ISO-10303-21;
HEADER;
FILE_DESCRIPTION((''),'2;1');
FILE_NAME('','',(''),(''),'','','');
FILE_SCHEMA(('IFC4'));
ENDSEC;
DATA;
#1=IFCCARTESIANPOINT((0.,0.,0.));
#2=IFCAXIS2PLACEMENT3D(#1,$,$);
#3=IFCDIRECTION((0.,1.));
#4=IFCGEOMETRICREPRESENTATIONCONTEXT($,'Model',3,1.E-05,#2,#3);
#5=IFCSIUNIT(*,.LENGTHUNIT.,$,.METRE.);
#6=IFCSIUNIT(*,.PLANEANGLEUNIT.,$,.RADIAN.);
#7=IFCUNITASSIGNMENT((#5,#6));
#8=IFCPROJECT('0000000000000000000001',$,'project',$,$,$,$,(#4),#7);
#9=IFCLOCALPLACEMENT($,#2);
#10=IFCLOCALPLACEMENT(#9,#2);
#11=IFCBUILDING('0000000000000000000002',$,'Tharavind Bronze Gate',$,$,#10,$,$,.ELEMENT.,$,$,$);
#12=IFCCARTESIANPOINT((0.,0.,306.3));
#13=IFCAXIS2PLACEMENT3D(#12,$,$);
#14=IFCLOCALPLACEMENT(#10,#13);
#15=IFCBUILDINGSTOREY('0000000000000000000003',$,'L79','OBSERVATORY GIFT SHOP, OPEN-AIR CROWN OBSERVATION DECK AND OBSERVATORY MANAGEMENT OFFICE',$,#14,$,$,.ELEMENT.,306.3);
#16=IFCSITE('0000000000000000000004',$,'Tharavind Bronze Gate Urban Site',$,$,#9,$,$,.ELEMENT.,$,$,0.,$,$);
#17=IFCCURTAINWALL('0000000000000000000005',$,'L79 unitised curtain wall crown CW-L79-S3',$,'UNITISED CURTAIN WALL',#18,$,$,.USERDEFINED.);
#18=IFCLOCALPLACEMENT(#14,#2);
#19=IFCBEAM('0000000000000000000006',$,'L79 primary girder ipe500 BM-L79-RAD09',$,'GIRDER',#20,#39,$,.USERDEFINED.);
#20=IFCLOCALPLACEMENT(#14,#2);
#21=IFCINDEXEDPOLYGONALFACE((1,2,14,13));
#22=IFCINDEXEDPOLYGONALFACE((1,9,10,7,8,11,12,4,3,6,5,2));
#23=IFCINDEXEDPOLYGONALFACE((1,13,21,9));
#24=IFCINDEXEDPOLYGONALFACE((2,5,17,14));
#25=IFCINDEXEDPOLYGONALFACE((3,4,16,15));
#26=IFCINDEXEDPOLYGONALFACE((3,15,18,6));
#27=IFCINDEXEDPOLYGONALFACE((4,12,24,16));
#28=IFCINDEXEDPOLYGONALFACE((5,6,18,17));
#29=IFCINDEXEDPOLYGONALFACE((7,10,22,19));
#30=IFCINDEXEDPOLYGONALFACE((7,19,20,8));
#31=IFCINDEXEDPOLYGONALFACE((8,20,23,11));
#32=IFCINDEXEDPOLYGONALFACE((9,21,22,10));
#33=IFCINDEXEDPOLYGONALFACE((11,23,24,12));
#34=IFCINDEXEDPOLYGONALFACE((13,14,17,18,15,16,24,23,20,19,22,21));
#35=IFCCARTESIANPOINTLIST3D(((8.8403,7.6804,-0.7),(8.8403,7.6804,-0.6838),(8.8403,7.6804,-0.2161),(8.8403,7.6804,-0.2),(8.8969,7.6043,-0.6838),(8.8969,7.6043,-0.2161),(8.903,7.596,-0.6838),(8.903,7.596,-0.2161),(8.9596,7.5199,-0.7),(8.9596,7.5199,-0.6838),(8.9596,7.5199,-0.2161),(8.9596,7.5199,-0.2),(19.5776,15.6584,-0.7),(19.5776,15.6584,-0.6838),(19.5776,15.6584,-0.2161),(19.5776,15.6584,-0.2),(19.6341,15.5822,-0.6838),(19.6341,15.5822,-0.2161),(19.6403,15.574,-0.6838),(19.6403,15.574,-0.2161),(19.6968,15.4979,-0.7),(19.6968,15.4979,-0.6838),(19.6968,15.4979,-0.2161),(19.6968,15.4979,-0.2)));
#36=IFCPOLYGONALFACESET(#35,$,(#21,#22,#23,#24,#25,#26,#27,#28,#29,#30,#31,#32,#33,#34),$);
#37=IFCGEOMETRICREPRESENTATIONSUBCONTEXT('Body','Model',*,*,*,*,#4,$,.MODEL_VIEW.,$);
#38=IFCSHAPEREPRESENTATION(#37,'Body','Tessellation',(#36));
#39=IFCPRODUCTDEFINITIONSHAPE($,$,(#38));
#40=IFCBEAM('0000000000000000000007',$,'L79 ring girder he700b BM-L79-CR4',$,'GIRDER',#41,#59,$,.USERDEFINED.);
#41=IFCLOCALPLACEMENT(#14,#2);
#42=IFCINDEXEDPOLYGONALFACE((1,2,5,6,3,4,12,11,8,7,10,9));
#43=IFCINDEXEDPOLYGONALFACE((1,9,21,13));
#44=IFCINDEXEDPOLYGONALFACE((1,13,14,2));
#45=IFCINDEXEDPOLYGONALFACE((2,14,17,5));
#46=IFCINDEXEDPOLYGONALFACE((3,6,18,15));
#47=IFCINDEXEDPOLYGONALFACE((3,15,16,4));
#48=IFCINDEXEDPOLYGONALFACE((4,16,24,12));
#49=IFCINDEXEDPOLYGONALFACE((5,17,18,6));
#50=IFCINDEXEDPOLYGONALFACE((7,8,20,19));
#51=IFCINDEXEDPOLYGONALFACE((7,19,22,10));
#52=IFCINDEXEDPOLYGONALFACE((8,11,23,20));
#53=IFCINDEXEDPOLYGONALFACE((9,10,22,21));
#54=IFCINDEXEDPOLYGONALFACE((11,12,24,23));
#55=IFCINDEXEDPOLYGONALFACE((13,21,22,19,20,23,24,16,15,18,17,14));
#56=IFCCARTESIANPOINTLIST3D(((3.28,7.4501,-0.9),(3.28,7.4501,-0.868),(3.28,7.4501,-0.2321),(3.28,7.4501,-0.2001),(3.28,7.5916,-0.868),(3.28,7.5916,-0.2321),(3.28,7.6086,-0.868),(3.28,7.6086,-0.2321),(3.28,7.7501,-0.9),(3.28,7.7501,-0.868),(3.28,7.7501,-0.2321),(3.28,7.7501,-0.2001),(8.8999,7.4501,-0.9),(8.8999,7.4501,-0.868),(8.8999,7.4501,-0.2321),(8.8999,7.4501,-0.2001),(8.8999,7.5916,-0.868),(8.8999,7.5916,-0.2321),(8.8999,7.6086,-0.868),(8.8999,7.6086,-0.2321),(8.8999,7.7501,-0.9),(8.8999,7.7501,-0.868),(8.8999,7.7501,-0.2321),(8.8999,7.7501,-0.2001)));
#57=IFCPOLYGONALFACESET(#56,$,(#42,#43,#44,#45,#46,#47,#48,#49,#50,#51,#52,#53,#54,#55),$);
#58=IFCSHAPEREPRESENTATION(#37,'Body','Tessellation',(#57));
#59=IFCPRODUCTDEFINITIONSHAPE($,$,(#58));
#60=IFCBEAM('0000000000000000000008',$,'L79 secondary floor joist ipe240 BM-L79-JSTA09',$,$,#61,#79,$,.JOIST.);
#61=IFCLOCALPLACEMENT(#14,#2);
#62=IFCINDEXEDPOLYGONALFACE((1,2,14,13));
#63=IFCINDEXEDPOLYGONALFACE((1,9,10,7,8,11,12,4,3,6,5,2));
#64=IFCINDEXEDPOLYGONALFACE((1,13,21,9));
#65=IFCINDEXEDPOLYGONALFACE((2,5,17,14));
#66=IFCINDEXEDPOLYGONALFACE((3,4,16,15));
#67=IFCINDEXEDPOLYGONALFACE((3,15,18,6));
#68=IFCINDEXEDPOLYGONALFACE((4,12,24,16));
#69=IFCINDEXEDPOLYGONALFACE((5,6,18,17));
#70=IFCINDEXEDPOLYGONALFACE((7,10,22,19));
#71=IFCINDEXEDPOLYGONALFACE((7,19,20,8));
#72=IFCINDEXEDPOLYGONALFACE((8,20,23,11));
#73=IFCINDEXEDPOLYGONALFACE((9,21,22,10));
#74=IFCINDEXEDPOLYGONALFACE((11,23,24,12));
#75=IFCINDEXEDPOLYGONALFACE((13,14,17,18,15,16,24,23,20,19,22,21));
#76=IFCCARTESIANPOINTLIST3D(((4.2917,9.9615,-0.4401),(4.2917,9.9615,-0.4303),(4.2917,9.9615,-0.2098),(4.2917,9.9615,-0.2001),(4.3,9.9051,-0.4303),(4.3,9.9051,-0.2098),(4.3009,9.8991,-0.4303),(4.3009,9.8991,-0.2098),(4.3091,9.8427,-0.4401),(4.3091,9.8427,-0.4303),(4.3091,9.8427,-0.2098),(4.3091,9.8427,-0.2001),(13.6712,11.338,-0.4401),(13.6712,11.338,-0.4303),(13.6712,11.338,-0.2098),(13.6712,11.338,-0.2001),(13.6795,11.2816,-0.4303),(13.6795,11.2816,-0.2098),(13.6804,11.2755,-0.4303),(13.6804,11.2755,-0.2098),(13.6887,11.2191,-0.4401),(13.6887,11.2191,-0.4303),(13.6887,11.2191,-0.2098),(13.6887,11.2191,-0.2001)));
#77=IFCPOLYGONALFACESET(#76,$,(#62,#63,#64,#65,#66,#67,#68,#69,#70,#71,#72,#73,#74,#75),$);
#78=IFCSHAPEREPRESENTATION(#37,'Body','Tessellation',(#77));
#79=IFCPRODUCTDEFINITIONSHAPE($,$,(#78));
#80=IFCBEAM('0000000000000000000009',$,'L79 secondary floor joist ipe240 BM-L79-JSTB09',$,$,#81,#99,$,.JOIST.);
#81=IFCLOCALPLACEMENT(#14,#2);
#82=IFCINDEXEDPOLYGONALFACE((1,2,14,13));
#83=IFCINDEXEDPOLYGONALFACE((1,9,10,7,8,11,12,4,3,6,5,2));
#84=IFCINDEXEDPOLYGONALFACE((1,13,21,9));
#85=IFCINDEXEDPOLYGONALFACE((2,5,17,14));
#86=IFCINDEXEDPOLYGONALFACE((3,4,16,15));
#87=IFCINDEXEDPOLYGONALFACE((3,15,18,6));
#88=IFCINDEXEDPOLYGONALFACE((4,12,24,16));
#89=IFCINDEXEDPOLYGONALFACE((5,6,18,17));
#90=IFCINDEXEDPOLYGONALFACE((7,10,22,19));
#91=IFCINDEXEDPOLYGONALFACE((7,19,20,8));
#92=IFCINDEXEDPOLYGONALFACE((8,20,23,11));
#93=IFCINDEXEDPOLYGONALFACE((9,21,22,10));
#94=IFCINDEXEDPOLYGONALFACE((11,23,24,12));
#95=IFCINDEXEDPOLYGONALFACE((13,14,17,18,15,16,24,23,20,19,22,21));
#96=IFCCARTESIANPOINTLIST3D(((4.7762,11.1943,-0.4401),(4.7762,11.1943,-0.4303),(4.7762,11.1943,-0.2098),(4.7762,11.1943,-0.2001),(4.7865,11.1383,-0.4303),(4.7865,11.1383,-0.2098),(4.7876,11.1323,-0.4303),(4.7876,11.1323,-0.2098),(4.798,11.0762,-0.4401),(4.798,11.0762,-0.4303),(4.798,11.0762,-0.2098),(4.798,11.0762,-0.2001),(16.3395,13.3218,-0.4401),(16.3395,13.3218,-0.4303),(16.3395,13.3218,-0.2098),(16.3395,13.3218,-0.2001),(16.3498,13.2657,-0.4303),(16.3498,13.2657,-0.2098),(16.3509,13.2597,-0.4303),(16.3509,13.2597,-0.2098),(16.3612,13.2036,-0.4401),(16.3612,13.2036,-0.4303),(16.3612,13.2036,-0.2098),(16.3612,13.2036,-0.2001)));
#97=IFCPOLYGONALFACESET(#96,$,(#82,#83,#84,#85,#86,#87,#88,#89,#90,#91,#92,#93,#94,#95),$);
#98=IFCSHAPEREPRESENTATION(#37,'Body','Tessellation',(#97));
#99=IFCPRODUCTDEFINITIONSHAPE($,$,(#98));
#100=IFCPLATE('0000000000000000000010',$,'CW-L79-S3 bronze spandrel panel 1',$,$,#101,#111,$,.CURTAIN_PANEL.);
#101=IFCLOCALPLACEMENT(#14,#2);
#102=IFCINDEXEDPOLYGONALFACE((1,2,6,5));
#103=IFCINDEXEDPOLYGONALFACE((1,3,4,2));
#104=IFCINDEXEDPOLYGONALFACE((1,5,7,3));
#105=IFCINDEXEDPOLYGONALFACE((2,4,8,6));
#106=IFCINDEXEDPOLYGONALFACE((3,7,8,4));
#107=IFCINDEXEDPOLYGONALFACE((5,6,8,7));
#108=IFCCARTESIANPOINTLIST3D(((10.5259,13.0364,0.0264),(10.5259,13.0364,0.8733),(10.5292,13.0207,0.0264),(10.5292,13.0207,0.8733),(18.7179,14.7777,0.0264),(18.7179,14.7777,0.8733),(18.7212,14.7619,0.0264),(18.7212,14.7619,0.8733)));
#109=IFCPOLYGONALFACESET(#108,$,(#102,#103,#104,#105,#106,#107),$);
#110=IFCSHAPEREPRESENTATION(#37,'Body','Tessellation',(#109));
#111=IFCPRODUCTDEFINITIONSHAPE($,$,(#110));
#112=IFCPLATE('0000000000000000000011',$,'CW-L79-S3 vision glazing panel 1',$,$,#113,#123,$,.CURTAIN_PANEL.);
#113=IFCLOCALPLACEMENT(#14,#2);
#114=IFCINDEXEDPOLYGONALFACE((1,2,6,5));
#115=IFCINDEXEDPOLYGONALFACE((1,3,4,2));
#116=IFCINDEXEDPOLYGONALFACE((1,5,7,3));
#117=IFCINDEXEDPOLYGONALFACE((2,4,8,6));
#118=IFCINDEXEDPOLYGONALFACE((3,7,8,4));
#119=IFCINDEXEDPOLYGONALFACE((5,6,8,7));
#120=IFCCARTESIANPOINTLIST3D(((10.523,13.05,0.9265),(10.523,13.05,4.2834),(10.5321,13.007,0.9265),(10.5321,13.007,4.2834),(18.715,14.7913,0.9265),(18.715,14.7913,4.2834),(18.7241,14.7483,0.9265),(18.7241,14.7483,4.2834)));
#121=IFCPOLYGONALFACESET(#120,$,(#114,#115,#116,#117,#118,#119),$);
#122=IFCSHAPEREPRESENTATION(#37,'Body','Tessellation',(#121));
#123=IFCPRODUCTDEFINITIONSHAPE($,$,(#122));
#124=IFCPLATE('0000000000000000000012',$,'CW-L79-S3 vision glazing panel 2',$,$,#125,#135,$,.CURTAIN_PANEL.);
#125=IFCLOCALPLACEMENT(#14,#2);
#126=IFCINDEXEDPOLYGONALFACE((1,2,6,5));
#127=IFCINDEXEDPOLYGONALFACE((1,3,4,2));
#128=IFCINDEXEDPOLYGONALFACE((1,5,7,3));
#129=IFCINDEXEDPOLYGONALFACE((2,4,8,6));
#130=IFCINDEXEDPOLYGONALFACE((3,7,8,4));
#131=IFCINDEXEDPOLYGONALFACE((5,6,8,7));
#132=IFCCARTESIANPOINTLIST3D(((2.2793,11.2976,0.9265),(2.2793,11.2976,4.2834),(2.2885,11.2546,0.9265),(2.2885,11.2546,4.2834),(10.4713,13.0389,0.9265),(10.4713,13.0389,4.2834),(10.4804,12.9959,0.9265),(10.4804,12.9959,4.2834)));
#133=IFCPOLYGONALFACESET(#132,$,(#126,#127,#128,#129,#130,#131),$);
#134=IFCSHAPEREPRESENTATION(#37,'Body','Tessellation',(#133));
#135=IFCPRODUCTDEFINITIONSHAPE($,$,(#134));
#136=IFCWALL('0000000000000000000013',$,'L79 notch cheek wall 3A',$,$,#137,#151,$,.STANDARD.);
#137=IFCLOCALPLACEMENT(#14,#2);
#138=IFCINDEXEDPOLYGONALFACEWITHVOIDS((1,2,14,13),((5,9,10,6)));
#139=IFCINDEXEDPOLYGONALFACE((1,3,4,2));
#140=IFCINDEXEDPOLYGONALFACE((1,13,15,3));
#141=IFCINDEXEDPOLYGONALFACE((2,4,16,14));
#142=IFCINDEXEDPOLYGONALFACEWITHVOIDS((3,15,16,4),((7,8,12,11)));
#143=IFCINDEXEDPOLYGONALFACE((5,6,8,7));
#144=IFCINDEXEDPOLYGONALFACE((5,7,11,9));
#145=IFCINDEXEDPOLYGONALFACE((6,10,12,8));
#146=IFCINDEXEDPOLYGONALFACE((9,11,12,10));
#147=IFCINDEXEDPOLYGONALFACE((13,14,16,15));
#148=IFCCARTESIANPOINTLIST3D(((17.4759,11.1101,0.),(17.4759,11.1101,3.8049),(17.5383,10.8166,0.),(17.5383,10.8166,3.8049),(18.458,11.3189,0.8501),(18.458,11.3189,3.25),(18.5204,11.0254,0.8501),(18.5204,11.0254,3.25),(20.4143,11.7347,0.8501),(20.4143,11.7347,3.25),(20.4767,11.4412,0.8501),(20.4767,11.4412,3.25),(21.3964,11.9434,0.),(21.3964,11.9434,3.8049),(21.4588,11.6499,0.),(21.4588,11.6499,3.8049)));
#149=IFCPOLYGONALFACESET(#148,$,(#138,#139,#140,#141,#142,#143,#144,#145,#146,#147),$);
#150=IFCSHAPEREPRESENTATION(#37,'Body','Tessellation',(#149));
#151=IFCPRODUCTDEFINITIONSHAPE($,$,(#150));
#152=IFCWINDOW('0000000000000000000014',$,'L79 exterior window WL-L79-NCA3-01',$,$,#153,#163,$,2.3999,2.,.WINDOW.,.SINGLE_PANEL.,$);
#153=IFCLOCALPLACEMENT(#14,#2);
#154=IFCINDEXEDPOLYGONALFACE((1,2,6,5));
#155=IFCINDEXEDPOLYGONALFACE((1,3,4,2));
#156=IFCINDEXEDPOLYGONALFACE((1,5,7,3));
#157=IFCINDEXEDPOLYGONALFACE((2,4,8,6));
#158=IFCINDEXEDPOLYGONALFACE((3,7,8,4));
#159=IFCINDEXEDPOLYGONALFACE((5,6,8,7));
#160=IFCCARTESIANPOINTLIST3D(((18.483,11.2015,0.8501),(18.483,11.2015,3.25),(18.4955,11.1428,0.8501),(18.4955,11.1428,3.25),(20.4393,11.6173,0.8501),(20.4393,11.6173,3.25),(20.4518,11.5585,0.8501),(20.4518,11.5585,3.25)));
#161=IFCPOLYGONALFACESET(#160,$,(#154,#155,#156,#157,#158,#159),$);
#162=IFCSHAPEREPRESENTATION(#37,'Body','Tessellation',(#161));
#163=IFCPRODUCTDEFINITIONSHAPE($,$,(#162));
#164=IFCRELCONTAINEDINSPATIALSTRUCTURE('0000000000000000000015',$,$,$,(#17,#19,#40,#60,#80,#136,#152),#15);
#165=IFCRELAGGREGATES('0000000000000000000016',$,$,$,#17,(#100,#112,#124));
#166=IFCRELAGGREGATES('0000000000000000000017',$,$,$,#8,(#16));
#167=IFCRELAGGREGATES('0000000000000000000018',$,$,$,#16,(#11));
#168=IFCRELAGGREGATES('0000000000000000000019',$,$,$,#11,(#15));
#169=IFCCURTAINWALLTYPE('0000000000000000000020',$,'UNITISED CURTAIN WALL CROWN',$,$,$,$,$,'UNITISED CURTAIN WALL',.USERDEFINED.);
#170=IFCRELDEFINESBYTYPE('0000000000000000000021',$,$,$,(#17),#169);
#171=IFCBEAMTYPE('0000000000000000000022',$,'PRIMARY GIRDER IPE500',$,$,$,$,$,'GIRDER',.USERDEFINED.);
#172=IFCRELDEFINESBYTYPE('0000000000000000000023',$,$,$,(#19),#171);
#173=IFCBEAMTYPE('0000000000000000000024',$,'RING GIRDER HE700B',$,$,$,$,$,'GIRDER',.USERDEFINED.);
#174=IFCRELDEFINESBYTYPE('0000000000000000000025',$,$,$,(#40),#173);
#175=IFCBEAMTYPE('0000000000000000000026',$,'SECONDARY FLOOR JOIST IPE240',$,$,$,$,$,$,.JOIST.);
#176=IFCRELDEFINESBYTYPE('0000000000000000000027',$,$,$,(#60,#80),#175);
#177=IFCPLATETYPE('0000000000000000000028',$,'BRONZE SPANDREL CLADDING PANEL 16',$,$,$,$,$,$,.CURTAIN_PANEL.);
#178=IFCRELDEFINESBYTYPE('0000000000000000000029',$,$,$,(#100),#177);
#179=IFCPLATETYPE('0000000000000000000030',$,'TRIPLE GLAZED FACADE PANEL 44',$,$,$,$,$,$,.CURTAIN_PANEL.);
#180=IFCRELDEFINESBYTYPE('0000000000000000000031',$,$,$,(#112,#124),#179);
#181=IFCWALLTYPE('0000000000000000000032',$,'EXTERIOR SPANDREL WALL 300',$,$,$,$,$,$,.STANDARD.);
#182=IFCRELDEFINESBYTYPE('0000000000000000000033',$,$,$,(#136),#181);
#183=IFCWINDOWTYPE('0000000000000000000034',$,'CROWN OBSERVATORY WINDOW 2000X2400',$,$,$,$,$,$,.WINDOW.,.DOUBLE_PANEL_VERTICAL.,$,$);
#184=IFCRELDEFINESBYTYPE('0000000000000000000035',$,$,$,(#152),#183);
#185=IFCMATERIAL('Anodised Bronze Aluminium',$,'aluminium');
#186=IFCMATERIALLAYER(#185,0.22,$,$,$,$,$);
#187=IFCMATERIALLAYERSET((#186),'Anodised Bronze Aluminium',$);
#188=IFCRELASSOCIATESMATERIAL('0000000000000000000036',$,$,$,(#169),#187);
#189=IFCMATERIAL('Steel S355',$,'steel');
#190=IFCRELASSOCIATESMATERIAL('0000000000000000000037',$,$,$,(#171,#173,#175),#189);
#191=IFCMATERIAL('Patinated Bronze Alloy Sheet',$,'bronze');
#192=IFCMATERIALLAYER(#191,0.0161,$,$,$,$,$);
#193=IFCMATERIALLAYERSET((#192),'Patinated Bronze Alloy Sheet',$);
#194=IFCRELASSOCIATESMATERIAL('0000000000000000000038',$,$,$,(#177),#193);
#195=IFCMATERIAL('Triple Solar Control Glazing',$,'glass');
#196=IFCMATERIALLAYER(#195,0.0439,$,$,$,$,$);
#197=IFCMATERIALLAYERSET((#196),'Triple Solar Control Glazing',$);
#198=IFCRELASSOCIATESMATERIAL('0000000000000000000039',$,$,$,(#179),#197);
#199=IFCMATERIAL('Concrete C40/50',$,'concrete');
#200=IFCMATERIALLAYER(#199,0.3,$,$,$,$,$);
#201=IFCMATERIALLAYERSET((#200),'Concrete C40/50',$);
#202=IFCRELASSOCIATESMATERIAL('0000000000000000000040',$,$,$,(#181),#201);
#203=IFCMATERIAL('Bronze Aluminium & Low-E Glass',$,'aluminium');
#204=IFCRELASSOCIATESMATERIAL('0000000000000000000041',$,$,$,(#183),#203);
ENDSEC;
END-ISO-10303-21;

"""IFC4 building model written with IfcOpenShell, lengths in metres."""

from ifc_helpers import new_model, si_unit, direction, frame, frame_2d, origin, origin_2d, place, context, subcontext, project, spatial, rectangle, i_section, extrude, material, layer, layer_set, material_profile, profile_set, type_object, element, fill, aggregate, save


model = new_model("IFC4")

# Units and contexts
model_context = context("Model", 3, precision=1e-05, world=origin(), true_north=direction((0.0, 1.0)))
body_context = subcontext(model_context, "Body", "Model", "MODEL_VIEW")
ifc_project = project(units=[si_unit("LENGTHUNIT", "METRE"), si_unit("PLANEANGLEUNIT", "RADIAN")], contexts=[model_context])

# Site, building, storey
site_placement = place(None, origin())
site = spatial("IfcSite", under=ifc_project, at=site_placement, Name="Tharavind Bronze Gate Urban Site", CompositionType="ELEMENT", RefElevation=0.0)
building_placement = place(site_placement, origin())
building = spatial("IfcBuilding", under=site, at=building_placement, Name="Tharavind Bronze Gate", CompositionType="ELEMENT")
storey_placement = place(building_placement, frame((0.0, 0.0, 306.3)))
storey = spatial("IfcBuildingStorey", under=building, at=storey_placement, Name="L79", Description="OBSERVATORY GIFT SHOP, OPEN-AIR CROWN OBSERVATION DECK AND OBSERVATORY MANAGEMENT OFFICE", CompositionType="ELEMENT", Elevation=306.3)

# Curtain wall
ifc_material_1 = material(Name="Anodised Bronze Aluminium", Category="aluminium")
ifc_layer_1 = layer(ifc_material_1, 0.22)
ifc_layer_set_1 = layer_set([ifc_layer_1], Name="Anodised Bronze Aluminium")
curtain_wall_type = type_object("IfcCurtainWallType", Name="UNITISED CURTAIN WALL CROWN", ElementType="UNITISED CURTAIN WALL", PredefinedType="USERDEFINED", material=ifc_layer_set_1)
curtain_wall_placement = place(storey_placement, origin())
curtain_wall = element("IfcCurtainWall", 1, at=curtain_wall_placement, inside=storey, type_object=curtain_wall_type, Name="L79 unitised curtain wall crown CW-L79-S3", ObjectType="UNITISED CURTAIN WALL", PredefinedType="USERDEFINED")

# Beams
ifc_material_2 = material(Name="Steel S355", Category="steel")
ifc_material_profile_1 = material_profile(ifc_material_2, i_section(OverallWidth=0.2, OverallDepth=0.5, WebThickness=0.0103, FlangeThickness=0.0161, at=origin_2d()), Name="IPE500")
ifc_profile_set_1 = profile_set([ifc_material_profile_1], Name="Steel S355")
beam_type_1 = type_object("IfcBeamType", Name="PRIMARY GIRDER IPE500", ElementType="GIRDER", PredefinedType="USERDEFINED", material=ifc_profile_set_1)
beam_1_placement = place(storey_placement, frame((19.6372, 15.5781, -0.45), z_axis=(-0.802681, -0.596408, 0.0), x_axis=(0.596408, -0.802681, 0.0)))
element("IfcBeam", 2, at=beam_1_placement, inside=storey, type_object=beam_type_1, Name="L79 primary girder ipe500 BM-L79-RAD09", ObjectType="GIRDER", PredefinedType="USERDEFINED", context=body_context, shape_type="SweptSolid", body=[
    extrude(i_section(OverallWidth=0.2, OverallDepth=0.5, WebThickness=0.0103, FlangeThickness=0.0161, at=origin_2d()), origin(), (0.0, 0.0, 1.0), 13.3767),
])
ifc_material_profile_2 = material_profile(ifc_material_2, i_section(OverallWidth=0.3, OverallDepth=0.7, WebThickness=0.0171, FlangeThickness=0.032, at=origin_2d()), Name="HE700B")
ifc_profile_set_2 = profile_set([ifc_material_profile_2], Name="Steel S355")
beam_type_2 = type_object("IfcBeamType", Name="RING GIRDER HE700B", ElementType="GIRDER", PredefinedType="USERDEFINED", material=ifc_profile_set_2)
beam_2_placement = place(storey_placement, frame((8.8999, 7.6001, -0.55), z_axis=(-1.0, 0.0, 0.0), x_axis=(0.0, -1.0, 0.0)))
element("IfcBeam", 3, at=beam_2_placement, inside=storey, type_object=beam_type_2, Name="L79 ring girder he700b BM-L79-CR4", ObjectType="GIRDER", PredefinedType="USERDEFINED", context=body_context, shape_type="SweptSolid", body=[
    extrude(i_section(OverallWidth=0.3, OverallDepth=0.7, WebThickness=0.0171, FlangeThickness=0.032, at=origin_2d()), origin(), (0.0, 0.0, 1.0), 5.6199),
])
ifc_material_profile_3 = material_profile(ifc_material_2, i_section(OverallWidth=0.1201, OverallDepth=0.24, WebThickness=0.0061, FlangeThickness=0.0098, at=origin_2d()), Name="IPE240")
ifc_profile_set_3 = profile_set([ifc_material_profile_3], Name="Steel S355")
beam_type_3 = type_object("IfcBeamType", Name="SECONDARY FLOOR JOIST IPE240", PredefinedType="JOIST", material=ifc_profile_set_3)
beam_3_placement = place(storey_placement, frame((13.6799, 11.2786, -0.3201), z_axis=(-0.989403, -0.145195, 0.0), x_axis=(0.145195, -0.989403, 0.0)))
element("IfcBeam", 4, at=beam_3_placement, inside=storey, type_object=beam_type_3, Name="L79 secondary floor joist ipe240 BM-L79-JSTA09", PredefinedType="JOIST", context=body_context, shape_type="SweptSolid", body=[
    extrude(i_section(OverallWidth=0.1201, OverallDepth=0.24, WebThickness=0.0061, FlangeThickness=0.0098, at=origin_2d()), origin(), (0.0, 0.0, 1.0), 9.48),
])
beam_4_placement = place(storey_placement, frame((16.3503, 13.2627, -0.3201), z_axis=(-0.983493, -0.180946, 0.0), x_axis=(0.180946, -0.983493, 0.0)))
element("IfcBeam", 5, at=beam_4_placement, inside=storey, type_object=beam_type_3, Name="L79 secondary floor joist ipe240 BM-L79-JSTB09", PredefinedType="JOIST", context=body_context, shape_type="SweptSolid", body=[
    extrude(i_section(OverallWidth=0.1201, OverallDepth=0.24, WebThickness=0.0061, FlangeThickness=0.0098, at=origin_2d()), origin(), (0.0, 0.0, 1.0), 11.7573),
])

# Plates
ifc_material_3 = material(Name="Patinated Bronze Alloy Sheet", Category="bronze")
ifc_layer_2 = layer(ifc_material_3, 0.0161)
ifc_layer_set_2 = layer_set([ifc_layer_2], Name="Patinated Bronze Alloy Sheet")
plate_type_1 = type_object("IfcPlateType", Name="BRONZE SPANDREL CLADDING PANEL 16", PredefinedType="CURTAIN_PANEL", material=ifc_layer_set_2)
plate_1_placement = place(storey_placement, frame((14.6235, 13.8992, 0.0264), z_axis=(0.0, 0.0, 1.0), x_axis=(-0.978148, -0.207912, 0.0)))
plate_1 = element("IfcPlate", 6, at=plate_1_placement, type_object=plate_type_1, Name="CW-L79-S3 bronze spandrel panel 1", PredefinedType="CURTAIN_PANEL", context=body_context, shape_type="SweptSolid", body=[
    extrude(rectangle(XDim=8.375, YDim=0.0161, at=origin_2d()), origin(), (0.0, 0.0, 1.0), 0.8469),
])
ifc_material_4 = material(Name="Triple Solar Control Glazing", Category="glass")
ifc_layer_3 = layer(ifc_material_4, 0.0439)
ifc_layer_set_3 = layer_set([ifc_layer_3], Name="Triple Solar Control Glazing")
plate_type_2 = type_object("IfcPlateType", Name="TRIPLE GLAZED FACADE PANEL 44", PredefinedType="CURTAIN_PANEL", material=ifc_layer_set_3)
plate_2_placement = place(storey_placement, frame((14.6235, 13.8992, 0.9265), z_axis=(0.0, 0.0, 1.0), x_axis=(-0.978148, -0.207912, 0.0)))
plate_2 = element("IfcPlate", 7, at=plate_2_placement, type_object=plate_type_2, Name="CW-L79-S3 vision glazing panel 1", PredefinedType="CURTAIN_PANEL", context=body_context, shape_type="SweptSolid", body=[
    extrude(rectangle(XDim=8.375, YDim=0.0439, at=origin_2d()), origin(), (0.0, 0.0, 1.0), 3.3569),
])
plate_3_placement = place(storey_placement, frame((6.3799, 12.1467, 0.9265), z_axis=(0.0, 0.0, 1.0), x_axis=(-0.978148, -0.207912, 0.0)))
plate_3 = element("IfcPlate", 8, at=plate_3_placement, type_object=plate_type_2, Name="CW-L79-S3 vision glazing panel 2", PredefinedType="CURTAIN_PANEL", context=body_context, shape_type="SweptSolid", body=[
    extrude(rectangle(XDim=8.375, YDim=0.0439, at=origin_2d()), origin(), (0.0, 0.0, 1.0), 3.3569),
])
aggregate(curtain_wall, [plate_1, plate_2, plate_3])

# Wall, opening, window
ifc_material_5 = material(Name="Concrete C40/50", Category="concrete")
ifc_layer_4 = layer(ifc_material_5, 0.3)
ifc_layer_set_4 = layer_set([ifc_layer_4], Name="Concrete C40/50")
wall_type_1 = type_object("IfcWallType", Name="EXTERIOR SPANDREL WALL 300", PredefinedType="STANDARD", material=ifc_layer_set_4)
wall_1_placement = place(storey_placement, frame((21.4275, 11.7966, 0.0), z_axis=(0.0, 0.0, 1.0), x_axis=(-0.97815, -0.207898, 0.0)))
wall_1 = element("IfcWall", 9, at=wall_1_placement, inside=storey, type_object=wall_type_1, Name="L79 notch cheek wall 3A", PredefinedType="STANDARD", context=body_context, shape_type="SweptSolid", body=[
    extrude(rectangle(XDim=4.0081, YDim=0.3, at=frame_2d((2.0039, 0.0))), origin(), (0.0, 0.0, 1.0), 3.8049),
])
opening_1_placement = place(wall_1_placement, frame((1.0039, 0.0, 0.8501)))
opening_1 = element("IfcOpeningElement", 10, at=opening_1_placement, cuts=wall_1, PredefinedType="OPENING", context=body_context, shape_type="SweptSolid", body=[
    extrude(rectangle(XDim=2.0, YDim=2.3999, at=frame_2d((1.0, 1.2))), frame((0.0, 0.1599, 0.0), z_axis=(0.0, -1.0, 0.0), x_axis=(1.0, 0.0, 0.0)), (0.0, 0.0, 1.0), 0.32),
])
ifc_material_6 = material(Name="Bronze Aluminium & Low-E Glass", Category="aluminium")
window_type = type_object("IfcWindowType", Name="CROWN OBSERVATORY WINDOW 2000X2400", PartitioningType="DOUBLE_PANEL_VERTICAL", PredefinedType="WINDOW", material=ifc_material_6)
window_1_placement = place(opening_1_placement, origin())
window_1 = element("IfcWindow", 11, at=window_1_placement, inside=storey, type_object=window_type, Name="L79 exterior window WL-L79-NCA3-01", OverallHeight=2.3999, OverallWidth=2.0, PartitioningType="SINGLE_PANEL", PredefinedType="WINDOW", context=body_context, shape_type="SweptSolid", body=[
    extrude(rectangle(XDim=2.0, YDim=2.3999, at=frame_2d((1.0, 1.2))), frame((0.0, 0.03, 0.0), z_axis=(0.0, -1.0, 0.0), x_axis=(1.0, 0.0, 0.0)), (0.0, 0.0, 1.0), 0.0601),
])
fill(opening_1, window_1)

save(model, "model.ifc")
